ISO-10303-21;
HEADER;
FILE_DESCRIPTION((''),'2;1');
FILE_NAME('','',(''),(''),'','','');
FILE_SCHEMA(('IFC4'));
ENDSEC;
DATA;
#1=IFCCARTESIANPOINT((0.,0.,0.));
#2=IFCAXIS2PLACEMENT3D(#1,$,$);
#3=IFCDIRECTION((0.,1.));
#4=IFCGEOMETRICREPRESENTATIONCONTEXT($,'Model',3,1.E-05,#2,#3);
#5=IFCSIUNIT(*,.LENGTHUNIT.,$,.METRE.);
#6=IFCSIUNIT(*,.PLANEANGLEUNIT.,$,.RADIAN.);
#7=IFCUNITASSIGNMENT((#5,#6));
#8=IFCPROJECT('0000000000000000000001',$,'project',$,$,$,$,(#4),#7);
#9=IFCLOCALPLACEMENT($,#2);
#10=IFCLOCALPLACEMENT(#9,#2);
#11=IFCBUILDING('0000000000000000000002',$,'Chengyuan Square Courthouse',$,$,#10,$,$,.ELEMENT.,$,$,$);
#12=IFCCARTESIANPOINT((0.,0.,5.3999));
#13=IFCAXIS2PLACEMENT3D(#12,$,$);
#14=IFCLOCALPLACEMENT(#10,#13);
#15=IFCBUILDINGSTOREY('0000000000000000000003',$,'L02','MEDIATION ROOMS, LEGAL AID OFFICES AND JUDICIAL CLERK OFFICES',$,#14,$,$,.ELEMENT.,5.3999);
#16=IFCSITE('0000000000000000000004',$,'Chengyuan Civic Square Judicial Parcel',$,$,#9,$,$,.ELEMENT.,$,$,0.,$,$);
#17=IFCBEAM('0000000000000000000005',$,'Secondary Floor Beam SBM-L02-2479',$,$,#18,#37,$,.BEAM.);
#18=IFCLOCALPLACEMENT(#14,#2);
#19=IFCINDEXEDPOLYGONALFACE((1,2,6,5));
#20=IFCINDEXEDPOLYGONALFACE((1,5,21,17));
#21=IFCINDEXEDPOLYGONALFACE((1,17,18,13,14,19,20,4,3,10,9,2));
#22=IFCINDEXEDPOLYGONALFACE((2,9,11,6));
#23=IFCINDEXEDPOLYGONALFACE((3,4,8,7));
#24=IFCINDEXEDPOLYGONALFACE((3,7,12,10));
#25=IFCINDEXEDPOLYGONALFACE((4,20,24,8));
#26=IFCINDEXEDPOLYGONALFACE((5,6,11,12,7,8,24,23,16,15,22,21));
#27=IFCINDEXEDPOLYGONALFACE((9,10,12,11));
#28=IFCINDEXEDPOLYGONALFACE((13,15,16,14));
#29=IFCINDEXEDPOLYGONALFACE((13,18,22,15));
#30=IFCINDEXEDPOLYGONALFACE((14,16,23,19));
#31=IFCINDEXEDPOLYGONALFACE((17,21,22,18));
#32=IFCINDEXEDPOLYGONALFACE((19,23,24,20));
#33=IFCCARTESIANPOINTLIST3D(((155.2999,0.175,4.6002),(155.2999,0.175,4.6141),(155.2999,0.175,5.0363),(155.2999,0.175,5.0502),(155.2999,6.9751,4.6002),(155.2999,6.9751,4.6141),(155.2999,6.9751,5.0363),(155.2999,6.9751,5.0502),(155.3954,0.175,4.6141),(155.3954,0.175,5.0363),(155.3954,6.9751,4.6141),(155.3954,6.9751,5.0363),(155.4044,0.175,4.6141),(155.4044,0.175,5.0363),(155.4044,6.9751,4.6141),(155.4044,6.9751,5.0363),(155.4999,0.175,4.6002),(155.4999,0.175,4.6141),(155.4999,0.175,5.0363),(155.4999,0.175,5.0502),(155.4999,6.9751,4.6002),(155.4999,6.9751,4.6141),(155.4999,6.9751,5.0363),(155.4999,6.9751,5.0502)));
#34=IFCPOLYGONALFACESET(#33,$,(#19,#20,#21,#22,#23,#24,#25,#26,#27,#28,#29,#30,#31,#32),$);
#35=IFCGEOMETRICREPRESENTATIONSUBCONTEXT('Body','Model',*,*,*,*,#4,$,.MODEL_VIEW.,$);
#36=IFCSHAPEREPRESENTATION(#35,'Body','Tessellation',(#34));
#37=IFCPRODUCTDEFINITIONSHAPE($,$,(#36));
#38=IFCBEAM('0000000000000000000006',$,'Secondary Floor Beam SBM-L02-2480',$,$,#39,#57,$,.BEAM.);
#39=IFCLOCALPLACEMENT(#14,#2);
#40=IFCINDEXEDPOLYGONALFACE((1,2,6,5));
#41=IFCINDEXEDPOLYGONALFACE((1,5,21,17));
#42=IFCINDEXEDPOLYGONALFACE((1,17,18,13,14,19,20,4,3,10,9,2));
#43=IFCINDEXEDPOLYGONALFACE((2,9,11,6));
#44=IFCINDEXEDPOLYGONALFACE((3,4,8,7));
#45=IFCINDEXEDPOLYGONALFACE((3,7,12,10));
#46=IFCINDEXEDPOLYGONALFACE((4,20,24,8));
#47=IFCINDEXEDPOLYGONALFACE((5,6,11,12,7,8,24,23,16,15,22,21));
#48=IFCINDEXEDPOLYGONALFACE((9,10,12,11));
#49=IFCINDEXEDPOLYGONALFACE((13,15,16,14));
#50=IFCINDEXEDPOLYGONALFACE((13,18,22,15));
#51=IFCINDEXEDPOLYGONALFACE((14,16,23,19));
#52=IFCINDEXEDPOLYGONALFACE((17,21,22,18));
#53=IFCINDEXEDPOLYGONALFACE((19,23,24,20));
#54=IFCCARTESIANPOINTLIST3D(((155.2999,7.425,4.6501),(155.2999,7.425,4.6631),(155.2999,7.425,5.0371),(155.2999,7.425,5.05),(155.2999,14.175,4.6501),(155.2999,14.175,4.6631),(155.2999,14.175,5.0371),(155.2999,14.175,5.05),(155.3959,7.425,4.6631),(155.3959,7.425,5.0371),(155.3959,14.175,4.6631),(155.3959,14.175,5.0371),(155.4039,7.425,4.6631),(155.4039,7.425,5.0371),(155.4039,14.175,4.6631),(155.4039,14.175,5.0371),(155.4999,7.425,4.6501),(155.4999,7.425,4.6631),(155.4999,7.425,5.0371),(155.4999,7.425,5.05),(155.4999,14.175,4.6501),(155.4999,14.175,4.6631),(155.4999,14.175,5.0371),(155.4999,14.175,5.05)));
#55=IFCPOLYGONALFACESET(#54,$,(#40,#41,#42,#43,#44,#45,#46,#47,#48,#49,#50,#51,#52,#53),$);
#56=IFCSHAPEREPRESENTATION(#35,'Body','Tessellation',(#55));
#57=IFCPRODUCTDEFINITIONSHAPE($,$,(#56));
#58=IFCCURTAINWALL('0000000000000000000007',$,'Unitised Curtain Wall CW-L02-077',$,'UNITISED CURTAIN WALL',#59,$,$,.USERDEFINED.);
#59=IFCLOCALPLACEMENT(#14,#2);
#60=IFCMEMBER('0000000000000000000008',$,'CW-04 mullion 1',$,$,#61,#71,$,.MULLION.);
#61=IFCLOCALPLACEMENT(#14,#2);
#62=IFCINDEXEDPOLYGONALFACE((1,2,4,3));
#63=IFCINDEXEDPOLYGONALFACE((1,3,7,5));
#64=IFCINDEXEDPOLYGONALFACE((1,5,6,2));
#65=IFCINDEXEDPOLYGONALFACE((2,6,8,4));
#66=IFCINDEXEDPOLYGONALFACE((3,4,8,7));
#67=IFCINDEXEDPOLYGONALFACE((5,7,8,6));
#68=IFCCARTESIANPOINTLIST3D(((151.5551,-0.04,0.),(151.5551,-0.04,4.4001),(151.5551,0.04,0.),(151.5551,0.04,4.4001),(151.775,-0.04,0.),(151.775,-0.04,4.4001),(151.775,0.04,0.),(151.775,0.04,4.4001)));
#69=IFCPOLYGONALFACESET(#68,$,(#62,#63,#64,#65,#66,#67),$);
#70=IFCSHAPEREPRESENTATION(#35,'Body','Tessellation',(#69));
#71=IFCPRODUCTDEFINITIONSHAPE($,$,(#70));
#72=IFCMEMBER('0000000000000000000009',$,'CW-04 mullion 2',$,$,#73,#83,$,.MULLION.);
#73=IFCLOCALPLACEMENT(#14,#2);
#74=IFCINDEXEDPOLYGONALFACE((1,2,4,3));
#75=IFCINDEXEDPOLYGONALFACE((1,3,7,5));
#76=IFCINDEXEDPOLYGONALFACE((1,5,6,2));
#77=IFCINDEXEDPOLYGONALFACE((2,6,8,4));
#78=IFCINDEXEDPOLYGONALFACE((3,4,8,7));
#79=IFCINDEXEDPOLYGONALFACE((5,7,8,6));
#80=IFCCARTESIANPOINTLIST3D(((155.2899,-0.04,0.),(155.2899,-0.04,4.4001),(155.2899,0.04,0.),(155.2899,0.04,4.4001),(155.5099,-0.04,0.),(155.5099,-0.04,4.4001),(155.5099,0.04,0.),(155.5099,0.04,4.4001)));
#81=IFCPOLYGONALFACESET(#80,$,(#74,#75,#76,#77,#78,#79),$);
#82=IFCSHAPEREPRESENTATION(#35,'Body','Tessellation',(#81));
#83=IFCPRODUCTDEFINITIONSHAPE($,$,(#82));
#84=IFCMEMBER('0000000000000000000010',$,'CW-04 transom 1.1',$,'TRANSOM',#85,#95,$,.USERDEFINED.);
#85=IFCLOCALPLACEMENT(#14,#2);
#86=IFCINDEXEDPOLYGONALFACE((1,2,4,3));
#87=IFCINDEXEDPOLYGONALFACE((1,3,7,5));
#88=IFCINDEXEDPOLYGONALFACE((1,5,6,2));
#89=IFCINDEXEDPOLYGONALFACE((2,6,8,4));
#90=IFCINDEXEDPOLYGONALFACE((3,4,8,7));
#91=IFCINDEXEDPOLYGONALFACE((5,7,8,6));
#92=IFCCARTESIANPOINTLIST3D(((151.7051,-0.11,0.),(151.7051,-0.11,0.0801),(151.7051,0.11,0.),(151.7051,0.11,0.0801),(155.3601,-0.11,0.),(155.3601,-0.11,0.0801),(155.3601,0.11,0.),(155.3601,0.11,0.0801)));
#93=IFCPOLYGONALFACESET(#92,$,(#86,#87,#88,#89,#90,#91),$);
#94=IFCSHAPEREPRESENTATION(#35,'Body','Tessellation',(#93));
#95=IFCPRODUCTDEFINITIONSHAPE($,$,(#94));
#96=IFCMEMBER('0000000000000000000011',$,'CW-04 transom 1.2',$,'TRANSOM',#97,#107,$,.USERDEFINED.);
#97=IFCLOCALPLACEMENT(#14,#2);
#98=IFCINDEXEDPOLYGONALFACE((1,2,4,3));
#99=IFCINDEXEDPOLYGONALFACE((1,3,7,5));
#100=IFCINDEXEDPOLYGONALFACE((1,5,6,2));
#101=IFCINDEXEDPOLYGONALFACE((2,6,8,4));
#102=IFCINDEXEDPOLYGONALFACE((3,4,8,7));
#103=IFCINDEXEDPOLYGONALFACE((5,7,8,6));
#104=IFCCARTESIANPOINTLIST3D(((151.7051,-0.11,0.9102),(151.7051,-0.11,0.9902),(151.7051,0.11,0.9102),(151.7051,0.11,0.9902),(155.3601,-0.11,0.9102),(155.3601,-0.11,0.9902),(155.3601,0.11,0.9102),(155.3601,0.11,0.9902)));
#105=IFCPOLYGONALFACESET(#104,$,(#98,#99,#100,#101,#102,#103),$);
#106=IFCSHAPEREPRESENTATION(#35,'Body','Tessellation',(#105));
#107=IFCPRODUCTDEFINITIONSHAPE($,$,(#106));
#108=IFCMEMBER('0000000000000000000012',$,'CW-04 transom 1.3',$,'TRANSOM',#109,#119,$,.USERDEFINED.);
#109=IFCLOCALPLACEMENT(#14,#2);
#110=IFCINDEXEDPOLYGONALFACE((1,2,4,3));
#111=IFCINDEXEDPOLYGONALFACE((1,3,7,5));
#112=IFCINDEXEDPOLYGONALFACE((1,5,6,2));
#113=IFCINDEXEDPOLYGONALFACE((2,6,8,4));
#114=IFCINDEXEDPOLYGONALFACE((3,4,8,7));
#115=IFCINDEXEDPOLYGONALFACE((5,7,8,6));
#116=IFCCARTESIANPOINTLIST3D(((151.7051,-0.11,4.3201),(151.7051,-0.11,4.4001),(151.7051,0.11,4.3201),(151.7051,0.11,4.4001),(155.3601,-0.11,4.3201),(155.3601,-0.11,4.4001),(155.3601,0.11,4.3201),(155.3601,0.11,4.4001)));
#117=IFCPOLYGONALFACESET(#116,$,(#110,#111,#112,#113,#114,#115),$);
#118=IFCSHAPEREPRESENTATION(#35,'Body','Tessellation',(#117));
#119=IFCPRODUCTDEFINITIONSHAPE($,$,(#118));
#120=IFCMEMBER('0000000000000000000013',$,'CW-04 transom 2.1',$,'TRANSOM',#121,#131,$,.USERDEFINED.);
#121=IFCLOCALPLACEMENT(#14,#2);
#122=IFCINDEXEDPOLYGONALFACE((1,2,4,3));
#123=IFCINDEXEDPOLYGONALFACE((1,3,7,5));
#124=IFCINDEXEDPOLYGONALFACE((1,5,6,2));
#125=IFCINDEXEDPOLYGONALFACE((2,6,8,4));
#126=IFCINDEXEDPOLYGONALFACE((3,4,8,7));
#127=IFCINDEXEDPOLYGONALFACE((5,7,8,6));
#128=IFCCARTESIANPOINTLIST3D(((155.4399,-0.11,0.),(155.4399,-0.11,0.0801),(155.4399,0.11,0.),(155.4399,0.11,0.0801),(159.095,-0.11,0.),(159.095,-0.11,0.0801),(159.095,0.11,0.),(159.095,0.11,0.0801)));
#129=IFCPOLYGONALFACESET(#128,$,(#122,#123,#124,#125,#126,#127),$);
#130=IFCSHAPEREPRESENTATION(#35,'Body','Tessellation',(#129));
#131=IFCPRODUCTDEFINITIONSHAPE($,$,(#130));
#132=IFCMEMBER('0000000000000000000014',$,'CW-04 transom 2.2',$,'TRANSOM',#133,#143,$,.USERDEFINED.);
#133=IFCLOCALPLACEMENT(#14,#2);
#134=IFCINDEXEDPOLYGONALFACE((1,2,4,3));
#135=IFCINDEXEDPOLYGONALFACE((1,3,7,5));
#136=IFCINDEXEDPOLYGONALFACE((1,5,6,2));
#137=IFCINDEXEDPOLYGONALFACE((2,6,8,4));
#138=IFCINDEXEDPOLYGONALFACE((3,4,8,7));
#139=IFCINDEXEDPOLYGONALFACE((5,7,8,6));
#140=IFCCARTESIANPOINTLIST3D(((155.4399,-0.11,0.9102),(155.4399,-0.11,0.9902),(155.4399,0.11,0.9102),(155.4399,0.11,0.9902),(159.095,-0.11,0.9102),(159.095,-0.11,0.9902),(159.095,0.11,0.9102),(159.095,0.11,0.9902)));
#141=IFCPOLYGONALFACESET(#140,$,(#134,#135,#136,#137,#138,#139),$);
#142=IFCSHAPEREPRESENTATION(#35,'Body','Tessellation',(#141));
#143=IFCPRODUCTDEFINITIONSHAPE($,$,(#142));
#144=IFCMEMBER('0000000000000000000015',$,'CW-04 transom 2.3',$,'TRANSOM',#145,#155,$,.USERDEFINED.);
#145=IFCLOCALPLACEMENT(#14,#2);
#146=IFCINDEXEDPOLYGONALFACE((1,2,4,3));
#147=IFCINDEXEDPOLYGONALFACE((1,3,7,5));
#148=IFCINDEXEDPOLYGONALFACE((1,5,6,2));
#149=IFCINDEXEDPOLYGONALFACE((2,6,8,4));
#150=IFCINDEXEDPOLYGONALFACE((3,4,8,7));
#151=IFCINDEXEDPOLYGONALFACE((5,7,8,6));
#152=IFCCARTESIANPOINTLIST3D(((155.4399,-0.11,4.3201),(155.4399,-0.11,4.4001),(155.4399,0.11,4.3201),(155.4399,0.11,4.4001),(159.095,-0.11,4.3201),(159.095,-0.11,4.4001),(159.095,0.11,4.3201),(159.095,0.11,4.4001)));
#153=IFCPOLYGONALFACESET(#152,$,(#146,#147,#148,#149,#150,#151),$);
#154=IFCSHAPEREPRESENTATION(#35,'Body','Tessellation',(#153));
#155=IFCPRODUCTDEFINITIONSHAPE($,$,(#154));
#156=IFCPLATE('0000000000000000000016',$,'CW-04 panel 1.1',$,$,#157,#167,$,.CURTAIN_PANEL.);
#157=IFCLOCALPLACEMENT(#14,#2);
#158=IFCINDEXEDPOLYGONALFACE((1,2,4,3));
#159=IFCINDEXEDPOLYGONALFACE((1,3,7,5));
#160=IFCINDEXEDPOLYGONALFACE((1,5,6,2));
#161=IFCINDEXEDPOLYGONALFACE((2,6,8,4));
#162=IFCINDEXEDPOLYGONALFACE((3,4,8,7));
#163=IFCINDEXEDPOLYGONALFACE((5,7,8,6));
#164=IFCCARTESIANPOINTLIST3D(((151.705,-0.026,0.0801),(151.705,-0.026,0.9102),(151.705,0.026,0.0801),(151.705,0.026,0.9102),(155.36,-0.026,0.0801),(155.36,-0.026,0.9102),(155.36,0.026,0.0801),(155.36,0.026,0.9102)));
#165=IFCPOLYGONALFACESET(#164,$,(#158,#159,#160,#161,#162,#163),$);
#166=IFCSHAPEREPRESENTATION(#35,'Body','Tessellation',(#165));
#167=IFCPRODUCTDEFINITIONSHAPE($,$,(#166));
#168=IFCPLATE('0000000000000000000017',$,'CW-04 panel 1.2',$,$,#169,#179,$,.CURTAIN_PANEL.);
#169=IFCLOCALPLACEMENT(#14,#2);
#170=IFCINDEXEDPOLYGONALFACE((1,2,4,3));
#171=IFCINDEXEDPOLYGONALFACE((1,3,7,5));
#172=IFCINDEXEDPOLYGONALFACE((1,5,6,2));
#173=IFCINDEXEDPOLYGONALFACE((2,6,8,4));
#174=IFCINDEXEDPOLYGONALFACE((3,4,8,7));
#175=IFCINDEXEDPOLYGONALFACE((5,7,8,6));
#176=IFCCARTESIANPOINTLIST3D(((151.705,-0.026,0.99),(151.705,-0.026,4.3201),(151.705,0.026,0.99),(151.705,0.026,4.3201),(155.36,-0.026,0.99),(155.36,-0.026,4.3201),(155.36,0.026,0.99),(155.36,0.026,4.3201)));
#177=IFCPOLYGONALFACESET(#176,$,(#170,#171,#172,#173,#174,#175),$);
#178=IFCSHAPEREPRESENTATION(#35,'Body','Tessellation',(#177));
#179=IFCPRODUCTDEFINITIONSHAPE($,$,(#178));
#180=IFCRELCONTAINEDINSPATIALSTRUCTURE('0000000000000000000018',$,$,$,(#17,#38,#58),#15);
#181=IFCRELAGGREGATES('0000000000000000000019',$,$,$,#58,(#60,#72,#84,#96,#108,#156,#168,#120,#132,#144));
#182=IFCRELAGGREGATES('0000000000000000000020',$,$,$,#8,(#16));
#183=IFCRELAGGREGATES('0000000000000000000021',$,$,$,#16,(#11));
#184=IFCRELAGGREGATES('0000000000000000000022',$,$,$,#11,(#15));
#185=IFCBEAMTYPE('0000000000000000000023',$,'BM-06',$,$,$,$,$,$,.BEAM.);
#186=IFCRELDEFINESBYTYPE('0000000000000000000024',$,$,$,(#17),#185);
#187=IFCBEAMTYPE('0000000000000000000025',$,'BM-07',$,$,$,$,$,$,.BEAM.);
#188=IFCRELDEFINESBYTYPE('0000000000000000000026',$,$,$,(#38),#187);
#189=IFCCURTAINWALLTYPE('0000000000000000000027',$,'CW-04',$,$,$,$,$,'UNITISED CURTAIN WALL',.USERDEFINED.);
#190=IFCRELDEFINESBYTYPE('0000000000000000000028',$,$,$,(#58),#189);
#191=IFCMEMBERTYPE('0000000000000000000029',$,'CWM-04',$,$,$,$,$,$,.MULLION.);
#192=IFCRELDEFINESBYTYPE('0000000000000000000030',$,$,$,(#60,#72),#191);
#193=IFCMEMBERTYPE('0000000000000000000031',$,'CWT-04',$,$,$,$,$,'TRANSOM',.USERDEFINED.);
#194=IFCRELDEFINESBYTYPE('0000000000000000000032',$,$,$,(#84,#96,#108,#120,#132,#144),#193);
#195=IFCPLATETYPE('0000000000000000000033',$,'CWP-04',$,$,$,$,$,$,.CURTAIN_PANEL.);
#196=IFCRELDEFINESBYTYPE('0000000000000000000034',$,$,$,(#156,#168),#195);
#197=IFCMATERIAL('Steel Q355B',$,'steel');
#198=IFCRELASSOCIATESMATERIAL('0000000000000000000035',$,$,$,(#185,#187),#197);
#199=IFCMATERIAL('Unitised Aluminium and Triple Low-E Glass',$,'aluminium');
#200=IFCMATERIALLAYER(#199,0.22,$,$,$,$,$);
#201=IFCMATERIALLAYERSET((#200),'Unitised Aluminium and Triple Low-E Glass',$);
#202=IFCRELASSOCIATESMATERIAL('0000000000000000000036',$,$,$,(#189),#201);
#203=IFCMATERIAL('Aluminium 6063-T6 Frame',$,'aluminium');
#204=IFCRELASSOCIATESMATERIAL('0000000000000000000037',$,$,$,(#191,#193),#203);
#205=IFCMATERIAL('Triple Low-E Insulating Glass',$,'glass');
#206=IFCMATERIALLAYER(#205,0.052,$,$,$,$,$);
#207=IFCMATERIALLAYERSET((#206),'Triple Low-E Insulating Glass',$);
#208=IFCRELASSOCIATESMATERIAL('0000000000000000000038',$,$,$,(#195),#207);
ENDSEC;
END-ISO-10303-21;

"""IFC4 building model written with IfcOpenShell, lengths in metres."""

from ifc_helpers import new_model, si_unit, direction, frame, origin, origin_2d, place, context, subcontext, project, spatial, rectangle, i_section, extrude, material, layer, layer_set, material_profile, profile_set, type_object, element, aggregate, save


model = new_model("IFC4")

# Units and contexts
model_context = context("Model", 3, precision=1e-05, world=origin(), true_north=direction((0.0, 1.0)))
body_context = subcontext(model_context, "Body", "Model", "MODEL_VIEW")
ifc_project = project(units=[si_unit("LENGTHUNIT", "METRE"), si_unit("PLANEANGLEUNIT", "RADIAN")], contexts=[model_context])

# Site, building, storey
site_placement = place(None, origin())
site = spatial("IfcSite", under=ifc_project, at=site_placement, Name="Chengyuan Civic Square Judicial Parcel", CompositionType="ELEMENT", RefElevation=0.0)
building_placement = place(site_placement, origin())
building = spatial("IfcBuilding", under=site, at=building_placement, Name="Chengyuan Square Courthouse", CompositionType="ELEMENT")
storey_placement = place(building_placement, frame((0.0, 0.0, 5.3999)))
storey = spatial("IfcBuildingStorey", under=building, at=storey_placement, Name="L02", Description="MEDIATION ROOMS, LEGAL AID OFFICES AND JUDICIAL CLERK OFFICES", CompositionType="ELEMENT", Elevation=5.3999)

# Beams
ifc_material_1 = material(Name="Steel Q355B", Category="steel")
ifc_material_profile_1 = material_profile(ifc_material_1, i_section(OverallWidth=0.2, OverallDepth=0.45, WebThickness=0.009, FlangeThickness=0.0139, at=origin_2d()), Name="HN 450x200x9x14")
ifc_profile_set_1 = profile_set([ifc_material_profile_1], Name="Steel Q355B")
beam_type_1 = type_object("IfcBeamType", Name="BM-06", PredefinedType="BEAM", material=ifc_profile_set_1)
beam_1_placement = place(storey_placement, frame((155.3999, 0.175, 4.8252), z_axis=(0.0, 1.0, 0.0), x_axis=(-1.0, 0.0, 0.0)))
element("IfcBeam", 1, at=beam_1_placement, inside=storey, type_object=beam_type_1, Name="Secondary Floor Beam SBM-L02-2479", PredefinedType="BEAM", context=body_context, shape_type="SweptSolid", body=[
    extrude(i_section(OverallWidth=0.2, OverallDepth=0.45, WebThickness=0.009, FlangeThickness=0.0139, at=origin_2d()), origin(), (0.0, 0.0, 1.0), 6.8),
])
ifc_material_profile_2 = material_profile(ifc_material_1, i_section(OverallWidth=0.2, OverallDepth=0.3999, WebThickness=0.0081, FlangeThickness=0.0129, at=origin_2d()), Name="HN 400x200x8x13")
ifc_profile_set_2 = profile_set([ifc_material_profile_2], Name="Steel Q355B")
beam_type_2 = type_object("IfcBeamType", Name="BM-07", PredefinedType="BEAM", material=ifc_profile_set_2)
beam_2_placement = place(storey_placement, frame((155.3999, 7.425, 4.8501), z_axis=(0.0, 1.0, 0.0), x_axis=(-1.0, 0.0, 0.0)))
element("IfcBeam", 2, at=beam_2_placement, inside=storey, type_object=beam_type_2, Name="Secondary Floor Beam SBM-L02-2480", PredefinedType="BEAM", context=body_context, shape_type="SweptSolid", body=[
    extrude(i_section(OverallWidth=0.2, OverallDepth=0.3999, WebThickness=0.0081, FlangeThickness=0.0129, at=origin_2d()), origin(), (0.0, 0.0, 1.0), 6.75),
])

# Curtain wall, members, plates
ifc_material_2 = material(Name="Unitised Aluminium and Triple Low-E Glass", Category="aluminium")
ifc_layer_1 = layer(ifc_material_2, 0.22)
ifc_layer_set_1 = layer_set([ifc_layer_1], Name="Unitised Aluminium and Triple Low-E Glass")
curtain_wall_type = type_object("IfcCurtainWallType", Name="CW-04", ElementType="UNITISED CURTAIN WALL", PredefinedType="USERDEFINED", material=ifc_layer_set_1)
curtain_wall_placement = place(storey_placement, origin())
curtain_wall = element("IfcCurtainWall", 3, at=curtain_wall_placement, inside=storey, type_object=curtain_wall_type, Name="Unitised Curtain Wall CW-L02-077", ObjectType="UNITISED CURTAIN WALL", PredefinedType="USERDEFINED")
ifc_material_3 = material(Name="Aluminium 6063-T6 Frame", Category="aluminium")
ifc_material_profile_3 = material_profile(ifc_material_3, rectangle(XDim=0.0801, YDim=0.22, at=origin_2d()), Name="CW-MUL-80x220")
ifc_profile_set_3 = profile_set([ifc_material_profile_3], Name="Aluminium 6063-T6 Frame")
member_type_1 = type_object("IfcMemberType", Name="CWM-04", PredefinedType="MULLION", material=ifc_profile_set_3)
member_1_placement = place(storey_placement, frame((151.665, 0.0, 0.0), z_axis=(0.0, 0.0, 1.0), x_axis=(0.0, 1.0, 0.0)))
member_1 = element("IfcMember", 4, at=member_1_placement, type_object=member_type_1, Name="CW-04 mullion 1", PredefinedType="MULLION", context=body_context, shape_type="SweptSolid", body=[
    extrude(rectangle(XDim=0.0801, YDim=0.22, at=origin_2d()), origin(), (0.0, 0.0, 1.0), 4.4001),
])
member_2_placement = place(storey_placement, frame((155.3999, 0.0, 0.0), z_axis=(0.0, 0.0, 1.0), x_axis=(0.0, 1.0, 0.0)))
member_2 = element("IfcMember", 5, at=member_2_placement, type_object=member_type_1, Name="CW-04 mullion 2", PredefinedType="MULLION", context=body_context, shape_type="SweptSolid", body=[
    extrude(rectangle(XDim=0.0801, YDim=0.22, at=origin_2d()), origin(), (0.0, 0.0, 1.0), 4.4001),
])
ifc_material_profile_4 = material_profile(ifc_material_3, rectangle(XDim=0.22, YDim=0.0801, at=origin_2d()), Name="CW-TRN-80x180")
ifc_profile_set_4 = profile_set([ifc_material_profile_4], Name="Aluminium 6063-T6 Frame")
member_type_2 = type_object("IfcMemberType", Name="CWT-04", ElementType="TRANSOM", PredefinedType="USERDEFINED", material=ifc_profile_set_4)
member_3_placement = place(storey_placement, frame((151.7051, 0.0, 0.04), z_axis=(1.0, 0.0, 0.0), x_axis=(0.0, 1.0, 0.0)))
member_3 = element("IfcMember", 6, at=member_3_placement, type_object=member_type_2, Name="CW-04 transom 1.1", ObjectType="TRANSOM", PredefinedType="USERDEFINED", context=body_context, shape_type="SweptSolid", body=[
    extrude(rectangle(XDim=0.22, YDim=0.0801, at=origin_2d()), origin(), (0.0, 0.0, 1.0), 3.655),
])
member_4_placement = place(storey_placement, frame((151.7051, 0.0, 0.9502), z_axis=(1.0, 0.0, 0.0), x_axis=(0.0, 1.0, 0.0)))
member_4 = element("IfcMember", 7, at=member_4_placement, type_object=member_type_2, Name="CW-04 transom 1.2", ObjectType="TRANSOM", PredefinedType="USERDEFINED", context=body_context, shape_type="SweptSolid", body=[
    extrude(rectangle(XDim=0.22, YDim=0.0801, at=origin_2d()), origin(), (0.0, 0.0, 1.0), 3.655),
])
member_5_placement = place(storey_placement, frame((151.7051, 0.0, 4.3601), z_axis=(1.0, 0.0, 0.0), x_axis=(0.0, 1.0, 0.0)))
member_5 = element("IfcMember", 8, at=member_5_placement, type_object=member_type_2, Name="CW-04 transom 1.3", ObjectType="TRANSOM", PredefinedType="USERDEFINED", context=body_context, shape_type="SweptSolid", body=[
    extrude(rectangle(XDim=0.22, YDim=0.0801, at=origin_2d()), origin(), (0.0, 0.0, 1.0), 3.655),
])
member_6_placement = place(storey_placement, frame((155.4399, 0.0, 0.04), z_axis=(1.0, 0.0, 0.0), x_axis=(0.0, 1.0, 0.0)))
member_6 = element("IfcMember", 9, at=member_6_placement, type_object=member_type_2, Name="CW-04 transom 2.1", ObjectType="TRANSOM", PredefinedType="USERDEFINED", context=body_context, shape_type="SweptSolid", body=[
    extrude(rectangle(XDim=0.22, YDim=0.0801, at=origin_2d()), origin(), (0.0, 0.0, 1.0), 3.655),
])
member_7_placement = place(storey_placement, frame((155.4399, 0.0, 0.9502), z_axis=(1.0, 0.0, 0.0), x_axis=(0.0, 1.0, 0.0)))
member_7 = element("IfcMember", 10, at=member_7_placement, type_object=member_type_2, Name="CW-04 transom 2.2", ObjectType="TRANSOM", PredefinedType="USERDEFINED", context=body_context, shape_type="SweptSolid", body=[
    extrude(rectangle(XDim=0.22, YDim=0.0801, at=origin_2d()), origin(), (0.0, 0.0, 1.0), 3.655),
])
member_8_placement = place(storey_placement, frame((155.4399, 0.0, 4.3601), z_axis=(1.0, 0.0, 0.0), x_axis=(0.0, 1.0, 0.0)))
member_8 = element("IfcMember", 11, at=member_8_placement, type_object=member_type_2, Name="CW-04 transom 2.3", ObjectType="TRANSOM", PredefinedType="USERDEFINED", context=body_context, shape_type="SweptSolid", body=[
    extrude(rectangle(XDim=0.22, YDim=0.0801, at=origin_2d()), origin(), (0.0, 0.0, 1.0), 3.655),
])
ifc_material_4 = material(Name="Triple Low-E Insulating Glass", Category="glass")
ifc_layer_2 = layer(ifc_material_4, 0.052)
ifc_layer_set_2 = layer_set([ifc_layer_2], Name="Triple Low-E Insulating Glass")
plate_type = type_object("IfcPlateType", Name="CWP-04", PredefinedType="CURTAIN_PANEL", material=ifc_layer_set_2)
plate_1_placement = place(storey_placement, frame((153.5325, 0.0, 0.0801), z_axis=(0.0, 0.0, 1.0), x_axis=(1.0, 0.0, 0.0)))
plate_1 = element("IfcPlate", 12, at=plate_1_placement, type_object=plate_type, Name="CW-04 panel 1.1", PredefinedType="CURTAIN_PANEL", context=body_context, shape_type="SweptSolid", body=[
    extrude(rectangle(XDim=3.655, YDim=0.052, at=origin_2d()), origin(), (0.0, 0.0, 1.0), 0.8301),
])
plate_2_placement = place(storey_placement, frame((153.5325, 0.0, 0.99), z_axis=(0.0, 0.0, 1.0), x_axis=(1.0, 0.0, 0.0)))
plate_2 = element("IfcPlate", 13, at=plate_2_placement, type_object=plate_type, Name="CW-04 panel 1.2", PredefinedType="CURTAIN_PANEL", context=body_context, shape_type="SweptSolid", body=[
    extrude(rectangle(XDim=3.655, YDim=0.052, at=origin_2d()), origin(), (0.0, 0.0, 1.0), 3.3301),
])
aggregate(curtain_wall, [member_1, member_2, member_3, member_4, member_5, plate_1, plate_2, member_6, member_7, member_8])

save(model, "model.ifc")
